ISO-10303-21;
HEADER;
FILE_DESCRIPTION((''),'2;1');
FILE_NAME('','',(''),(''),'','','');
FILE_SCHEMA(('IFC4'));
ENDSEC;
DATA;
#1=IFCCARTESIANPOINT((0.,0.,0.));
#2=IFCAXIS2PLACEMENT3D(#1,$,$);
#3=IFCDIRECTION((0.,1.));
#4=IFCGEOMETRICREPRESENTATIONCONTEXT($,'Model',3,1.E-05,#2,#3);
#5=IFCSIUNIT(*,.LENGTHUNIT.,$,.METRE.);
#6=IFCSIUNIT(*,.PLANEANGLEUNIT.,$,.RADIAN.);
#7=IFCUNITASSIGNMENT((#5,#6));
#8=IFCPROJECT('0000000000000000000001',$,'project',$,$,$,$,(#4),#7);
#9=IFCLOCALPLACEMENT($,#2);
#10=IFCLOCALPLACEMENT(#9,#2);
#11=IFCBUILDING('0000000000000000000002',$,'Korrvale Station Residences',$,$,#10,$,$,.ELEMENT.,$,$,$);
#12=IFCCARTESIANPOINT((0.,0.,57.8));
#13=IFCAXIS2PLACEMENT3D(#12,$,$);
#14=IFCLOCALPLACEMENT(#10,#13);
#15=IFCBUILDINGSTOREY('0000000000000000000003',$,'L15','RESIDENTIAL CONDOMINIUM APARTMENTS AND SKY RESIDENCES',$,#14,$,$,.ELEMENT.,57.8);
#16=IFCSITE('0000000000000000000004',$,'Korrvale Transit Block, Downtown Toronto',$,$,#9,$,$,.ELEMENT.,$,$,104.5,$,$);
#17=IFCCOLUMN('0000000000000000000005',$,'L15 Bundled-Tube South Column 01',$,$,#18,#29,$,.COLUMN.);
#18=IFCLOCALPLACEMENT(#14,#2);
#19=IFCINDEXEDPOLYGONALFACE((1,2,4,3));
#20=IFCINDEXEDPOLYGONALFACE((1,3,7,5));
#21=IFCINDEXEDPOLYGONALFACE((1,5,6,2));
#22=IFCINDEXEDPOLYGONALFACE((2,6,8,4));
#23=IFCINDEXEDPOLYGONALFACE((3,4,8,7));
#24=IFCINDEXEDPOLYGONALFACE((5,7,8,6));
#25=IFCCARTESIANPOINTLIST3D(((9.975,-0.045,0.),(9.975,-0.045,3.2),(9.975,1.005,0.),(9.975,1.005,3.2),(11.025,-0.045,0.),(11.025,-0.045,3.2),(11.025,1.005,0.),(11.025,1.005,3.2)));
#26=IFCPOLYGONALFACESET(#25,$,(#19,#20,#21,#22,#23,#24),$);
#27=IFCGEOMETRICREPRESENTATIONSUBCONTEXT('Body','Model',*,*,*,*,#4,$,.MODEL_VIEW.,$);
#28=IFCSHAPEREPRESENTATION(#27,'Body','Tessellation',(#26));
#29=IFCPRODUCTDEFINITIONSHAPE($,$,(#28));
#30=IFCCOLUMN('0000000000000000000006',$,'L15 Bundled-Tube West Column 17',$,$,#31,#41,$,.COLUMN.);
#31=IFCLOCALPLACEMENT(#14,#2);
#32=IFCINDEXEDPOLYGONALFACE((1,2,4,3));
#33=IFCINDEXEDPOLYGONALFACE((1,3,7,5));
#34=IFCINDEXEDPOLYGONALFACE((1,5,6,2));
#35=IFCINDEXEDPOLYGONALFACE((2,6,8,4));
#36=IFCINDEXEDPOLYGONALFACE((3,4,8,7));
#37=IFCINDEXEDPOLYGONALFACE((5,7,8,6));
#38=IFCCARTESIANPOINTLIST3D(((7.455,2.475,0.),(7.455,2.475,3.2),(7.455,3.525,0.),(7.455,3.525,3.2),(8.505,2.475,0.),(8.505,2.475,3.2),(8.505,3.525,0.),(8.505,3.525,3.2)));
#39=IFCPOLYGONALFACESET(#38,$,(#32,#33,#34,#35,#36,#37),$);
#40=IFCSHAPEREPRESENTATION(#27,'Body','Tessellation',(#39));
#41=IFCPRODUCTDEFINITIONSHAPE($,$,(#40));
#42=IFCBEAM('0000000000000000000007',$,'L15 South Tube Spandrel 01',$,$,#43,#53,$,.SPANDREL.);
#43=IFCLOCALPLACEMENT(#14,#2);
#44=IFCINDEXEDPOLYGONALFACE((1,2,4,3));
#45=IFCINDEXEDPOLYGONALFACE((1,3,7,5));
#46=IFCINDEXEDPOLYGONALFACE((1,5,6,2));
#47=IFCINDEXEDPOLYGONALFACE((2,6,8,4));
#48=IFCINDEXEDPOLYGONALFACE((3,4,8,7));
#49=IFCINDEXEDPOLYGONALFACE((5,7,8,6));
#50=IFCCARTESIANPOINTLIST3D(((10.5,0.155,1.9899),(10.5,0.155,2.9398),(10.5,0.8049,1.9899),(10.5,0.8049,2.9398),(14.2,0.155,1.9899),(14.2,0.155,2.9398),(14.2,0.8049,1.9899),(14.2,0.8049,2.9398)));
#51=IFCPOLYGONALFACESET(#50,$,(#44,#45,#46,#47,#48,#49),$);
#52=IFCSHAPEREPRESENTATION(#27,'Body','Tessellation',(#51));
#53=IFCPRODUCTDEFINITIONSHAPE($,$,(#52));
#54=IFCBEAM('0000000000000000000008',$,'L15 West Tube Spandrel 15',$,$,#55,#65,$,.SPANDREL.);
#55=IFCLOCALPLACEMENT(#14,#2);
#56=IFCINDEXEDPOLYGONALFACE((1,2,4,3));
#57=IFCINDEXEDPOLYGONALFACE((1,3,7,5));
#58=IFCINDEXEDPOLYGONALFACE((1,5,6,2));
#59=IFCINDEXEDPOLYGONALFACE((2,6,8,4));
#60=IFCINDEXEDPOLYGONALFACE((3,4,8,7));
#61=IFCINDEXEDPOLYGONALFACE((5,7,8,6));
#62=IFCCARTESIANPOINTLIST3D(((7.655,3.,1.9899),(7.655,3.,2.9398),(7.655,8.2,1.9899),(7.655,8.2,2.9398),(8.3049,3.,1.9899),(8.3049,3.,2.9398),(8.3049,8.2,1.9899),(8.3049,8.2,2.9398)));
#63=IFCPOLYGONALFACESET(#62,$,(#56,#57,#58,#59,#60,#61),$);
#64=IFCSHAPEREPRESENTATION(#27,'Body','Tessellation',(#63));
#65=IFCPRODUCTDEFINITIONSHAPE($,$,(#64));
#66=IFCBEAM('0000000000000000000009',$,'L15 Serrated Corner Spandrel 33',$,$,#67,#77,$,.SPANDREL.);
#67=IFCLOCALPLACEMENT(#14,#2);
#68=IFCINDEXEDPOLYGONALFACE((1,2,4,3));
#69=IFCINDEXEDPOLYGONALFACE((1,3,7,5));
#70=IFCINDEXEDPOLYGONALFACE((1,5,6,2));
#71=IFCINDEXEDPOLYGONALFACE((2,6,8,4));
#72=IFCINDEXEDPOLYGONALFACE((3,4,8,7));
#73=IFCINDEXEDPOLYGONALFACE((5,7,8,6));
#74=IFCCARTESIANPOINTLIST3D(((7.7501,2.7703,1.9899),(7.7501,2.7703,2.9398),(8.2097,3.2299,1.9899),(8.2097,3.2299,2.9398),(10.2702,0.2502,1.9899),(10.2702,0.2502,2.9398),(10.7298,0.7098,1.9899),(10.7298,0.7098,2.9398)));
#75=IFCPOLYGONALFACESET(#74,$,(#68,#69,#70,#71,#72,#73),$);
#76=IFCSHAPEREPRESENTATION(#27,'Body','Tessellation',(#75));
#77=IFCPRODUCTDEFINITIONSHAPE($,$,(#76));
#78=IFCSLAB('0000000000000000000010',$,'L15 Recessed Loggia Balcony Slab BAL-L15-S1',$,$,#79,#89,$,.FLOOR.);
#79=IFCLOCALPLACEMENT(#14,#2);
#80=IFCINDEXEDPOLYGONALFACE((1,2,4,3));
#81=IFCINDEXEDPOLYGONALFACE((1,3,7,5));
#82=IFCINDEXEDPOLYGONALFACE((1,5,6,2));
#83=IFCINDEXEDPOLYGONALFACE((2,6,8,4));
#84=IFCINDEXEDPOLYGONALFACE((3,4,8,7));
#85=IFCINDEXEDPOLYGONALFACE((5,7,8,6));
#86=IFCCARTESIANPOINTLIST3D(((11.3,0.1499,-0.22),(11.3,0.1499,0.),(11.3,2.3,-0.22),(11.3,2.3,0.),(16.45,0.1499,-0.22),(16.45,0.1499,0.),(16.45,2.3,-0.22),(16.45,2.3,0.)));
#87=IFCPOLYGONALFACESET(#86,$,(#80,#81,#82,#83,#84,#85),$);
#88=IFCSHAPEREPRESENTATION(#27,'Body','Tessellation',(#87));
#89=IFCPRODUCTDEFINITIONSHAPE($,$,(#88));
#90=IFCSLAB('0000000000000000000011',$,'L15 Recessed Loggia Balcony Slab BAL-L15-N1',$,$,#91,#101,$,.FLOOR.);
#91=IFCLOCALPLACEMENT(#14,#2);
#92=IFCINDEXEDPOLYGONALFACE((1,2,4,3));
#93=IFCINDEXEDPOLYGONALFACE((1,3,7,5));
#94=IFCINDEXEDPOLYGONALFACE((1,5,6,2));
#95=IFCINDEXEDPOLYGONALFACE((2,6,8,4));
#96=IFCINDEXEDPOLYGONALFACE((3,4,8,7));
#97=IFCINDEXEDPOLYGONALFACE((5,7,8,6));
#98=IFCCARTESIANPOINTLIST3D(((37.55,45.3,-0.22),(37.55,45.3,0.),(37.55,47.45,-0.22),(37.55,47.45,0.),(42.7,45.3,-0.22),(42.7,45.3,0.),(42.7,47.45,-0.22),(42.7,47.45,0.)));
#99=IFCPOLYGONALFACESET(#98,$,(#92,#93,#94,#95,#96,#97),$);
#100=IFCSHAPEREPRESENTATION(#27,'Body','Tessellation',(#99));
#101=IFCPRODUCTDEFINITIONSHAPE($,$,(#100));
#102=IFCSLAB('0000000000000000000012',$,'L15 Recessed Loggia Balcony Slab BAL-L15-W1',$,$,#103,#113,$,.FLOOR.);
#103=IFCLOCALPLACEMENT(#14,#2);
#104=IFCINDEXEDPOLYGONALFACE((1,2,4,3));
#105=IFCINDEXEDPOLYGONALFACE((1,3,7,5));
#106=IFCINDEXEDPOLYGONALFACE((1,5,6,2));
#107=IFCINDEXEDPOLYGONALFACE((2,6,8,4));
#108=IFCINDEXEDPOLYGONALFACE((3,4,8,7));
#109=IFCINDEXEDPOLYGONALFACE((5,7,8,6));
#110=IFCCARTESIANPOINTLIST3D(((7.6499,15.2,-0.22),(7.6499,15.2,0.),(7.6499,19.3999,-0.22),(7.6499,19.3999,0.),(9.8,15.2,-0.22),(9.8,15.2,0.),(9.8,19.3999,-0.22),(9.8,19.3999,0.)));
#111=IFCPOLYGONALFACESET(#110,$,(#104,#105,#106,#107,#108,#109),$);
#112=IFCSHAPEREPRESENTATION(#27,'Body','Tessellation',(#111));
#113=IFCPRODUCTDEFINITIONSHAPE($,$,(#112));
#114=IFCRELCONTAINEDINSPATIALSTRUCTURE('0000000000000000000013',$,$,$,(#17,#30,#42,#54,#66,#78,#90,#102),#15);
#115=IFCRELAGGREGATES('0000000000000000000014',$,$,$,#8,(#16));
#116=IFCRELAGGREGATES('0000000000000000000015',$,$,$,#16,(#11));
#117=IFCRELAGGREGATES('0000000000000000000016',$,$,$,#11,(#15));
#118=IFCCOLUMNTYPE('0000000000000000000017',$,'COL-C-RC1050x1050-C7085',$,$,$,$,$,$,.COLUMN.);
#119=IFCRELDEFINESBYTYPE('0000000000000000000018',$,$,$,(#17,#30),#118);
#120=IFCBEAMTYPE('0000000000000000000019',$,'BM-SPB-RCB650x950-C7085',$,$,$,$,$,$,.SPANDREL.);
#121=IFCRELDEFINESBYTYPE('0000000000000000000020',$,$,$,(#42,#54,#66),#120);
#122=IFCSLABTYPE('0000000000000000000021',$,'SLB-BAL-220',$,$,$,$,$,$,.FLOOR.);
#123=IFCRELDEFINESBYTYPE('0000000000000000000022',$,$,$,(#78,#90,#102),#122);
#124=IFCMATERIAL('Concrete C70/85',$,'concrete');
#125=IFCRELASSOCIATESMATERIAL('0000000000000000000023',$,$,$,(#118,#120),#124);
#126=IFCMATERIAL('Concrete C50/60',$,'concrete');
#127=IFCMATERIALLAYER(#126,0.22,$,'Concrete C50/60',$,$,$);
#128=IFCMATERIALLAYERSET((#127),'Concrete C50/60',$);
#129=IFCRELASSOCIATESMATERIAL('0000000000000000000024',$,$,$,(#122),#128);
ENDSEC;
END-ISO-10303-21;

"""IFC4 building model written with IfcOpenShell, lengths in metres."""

from ifc_helpers import new_model, si_unit, direction, frame, origin, origin_2d, place, context, subcontext, project, spatial, polyline, rectangle, outline, extrude, material, layer, layer_set, material_profile, profile_set, type_object, element, save


model = new_model("IFC4")

# Units and contexts
model_context = context("Model", 3, precision=1e-05, world=origin(), true_north=direction((0.0, 1.0)))
body_context = subcontext(model_context, "Body", "Model", "MODEL_VIEW")
ifc_project = project(units=[si_unit("LENGTHUNIT", "METRE"), si_unit("PLANEANGLEUNIT", "RADIAN")], contexts=[model_context])

# Site, building, storey
site_placement = place(None, origin())
site = spatial("IfcSite", under=ifc_project, at=site_placement, Name="Korrvale Transit Block, Downtown Toronto", CompositionType="ELEMENT", RefElevation=104.5)
building_placement = place(site_placement, origin())
building = spatial("IfcBuilding", under=site, at=building_placement, Name="Korrvale Station Residences", CompositionType="ELEMENT")
storey_placement = place(building_placement, frame((0.0, 0.0, 57.8)))
storey = spatial("IfcBuildingStorey", under=building, at=storey_placement, Name="L15", Description="RESIDENTIAL CONDOMINIUM APARTMENTS AND SKY RESIDENCES", CompositionType="ELEMENT", Elevation=57.8)

# Columns
ifc_material_1 = material(Name="Concrete C70/85", Category="concrete")
ifc_material_profile_1 = material_profile(ifc_material_1, rectangle(XDim=1.05, YDim=1.05, at=origin_2d()), Name="RC1050x1050")
ifc_profile_set_1 = profile_set([ifc_material_profile_1], Name="Concrete C70/85")
column_type = type_object("IfcColumnType", Name="COL-C-RC1050x1050-C7085", PredefinedType="COLUMN", material=ifc_profile_set_1)
for number, where, z_axis, x_axis, name in (
    (1, (10.5, 0.48, 0.0), (0.0, 0.0, 1.0), (1.0, 0.0, 0.0), "L15 Bundled-Tube South Column 01"),
    (2, (7.98, 3.0, 0.0), (0.0, 0.0, 1.0), (1.0, 0.0, 0.0), "L15 Bundled-Tube West Column 17"),
):
    element("IfcColumn", number, at=place(storey_placement, frame(where, z_axis=z_axis, x_axis=x_axis)), inside=storey, type_object=column_type, Name=name, PredefinedType="COLUMN", context=body_context, shape_type="SweptSolid", body=[
        extrude(rectangle(XDim=1.05, YDim=1.05, at=origin_2d()), origin(), (0.0, 0.0, 1.0), 3.2),
    ])

# Beams
ifc_material_profile_2 = material_profile(ifc_material_1, rectangle(XDim=0.6499, YDim=0.95, at=origin_2d()), Name="RCB650x950")
ifc_profile_set_2 = profile_set([ifc_material_profile_2], Name="Concrete C70/85")
beam_type = type_object("IfcBeamType", Name="BM-SPB-RCB650x950-C7085", PredefinedType="SPANDREL", material=ifc_profile_set_2)
beam_1_placement = place(storey_placement, frame((10.5, 0.48, 2.4648), z_axis=(1.0, 0.0, 0.0), x_axis=(0.0, 1.0, 0.0)))
element("IfcBeam", 3, at=beam_1_placement, inside=storey, type_object=beam_type, Name="L15 South Tube Spandrel 01", PredefinedType="SPANDREL", context=body_context, shape_type="SweptSolid", body=[
    extrude(rectangle(XDim=0.6499, YDim=0.95, at=origin_2d()), origin(), (0.0, 0.0, 1.0), 3.7),
])
beam_2_placement = place(storey_placement, frame((7.98, 3.0, 2.4648), z_axis=(0.0, 1.0, 0.0), x_axis=(-1.0, 0.0, 0.0)))
element("IfcBeam", 4, at=beam_2_placement, inside=storey, type_object=beam_type, Name="L15 West Tube Spandrel 15", PredefinedType="SPANDREL", context=body_context, shape_type="SweptSolid", body=[
    extrude(rectangle(XDim=0.6499, YDim=0.95, at=origin_2d()), origin(), (0.0, 0.0, 1.0), 5.2),
])
beam_3_placement = place(storey_placement, frame((10.5, 0.48, 2.4648), z_axis=(-0.707107, 0.707107, 0.0), x_axis=(-0.707107, -0.707107, 0.0)))
element("IfcBeam", 5, at=beam_3_placement, inside=storey, type_object=beam_type, Name="L15 Serrated Corner Spandrel 33", PredefinedType="SPANDREL", context=body_context, shape_type="SweptSolid", body=[
    extrude(rectangle(XDim=0.6499, YDim=0.95, at=origin_2d()), origin(), (0.0, 0.0, 1.0), 3.564),
])

# Slabs
ifc_material_2 = material(Name="Concrete C50/60", Category="concrete")
ifc_layer_1 = layer(ifc_material_2, 0.22, Name="Concrete C50/60")
ifc_layer_set_1 = layer_set([ifc_layer_1], Name="Concrete C50/60")
slab_type_1 = type_object("IfcSlabType", Name="SLB-BAL-220", PredefinedType="FLOOR", material=ifc_layer_set_1)
slab_1_placement = place(storey_placement, frame((0.0, 0.0, -0.22)))
element("IfcSlab", 6, at=slab_1_placement, inside=storey, type_object=slab_type_1, Name="L15 Recessed Loggia Balcony Slab BAL-L15-S1", PredefinedType="FLOOR", context=body_context, shape_type="SweptSolid", body=[
    extrude(outline(polyline([(11.3, 0.1499), (16.45, 0.1499), (16.45, 2.3), (11.3, 2.3), (11.3, 0.1499)])), origin(), (0.0, 0.0, 1.0), 0.22),
])
slab_2_placement = place(storey_placement, frame((0.0, 0.0, -0.22)))
element("IfcSlab", 7, at=slab_2_placement, inside=storey, type_object=slab_type_1, Name="L15 Recessed Loggia Balcony Slab BAL-L15-N1", PredefinedType="FLOOR", context=body_context, shape_type="SweptSolid", body=[
    extrude(outline(polyline([(37.55, 45.3), (42.7, 45.3), (42.7, 47.45), (37.55, 47.45), (37.55, 45.3)])), origin(), (0.0, 0.0, 1.0), 0.22),
])
slab_3_placement = place(storey_placement, frame((0.0, 0.0, -0.22)))
element("IfcSlab", 8, at=slab_3_placement, inside=storey, type_object=slab_type_1, Name="L15 Recessed Loggia Balcony Slab BAL-L15-W1", PredefinedType="FLOOR", context=body_context, shape_type="SweptSolid", body=[
    extrude(outline(polyline([(7.6499, 15.2), (9.8, 15.2), (9.8, 19.3999), (7.6499, 19.3999), (7.6499, 15.2)])), origin(), (0.0, 0.0, 1.0), 0.22),
])

save(model, "model.ifc")
